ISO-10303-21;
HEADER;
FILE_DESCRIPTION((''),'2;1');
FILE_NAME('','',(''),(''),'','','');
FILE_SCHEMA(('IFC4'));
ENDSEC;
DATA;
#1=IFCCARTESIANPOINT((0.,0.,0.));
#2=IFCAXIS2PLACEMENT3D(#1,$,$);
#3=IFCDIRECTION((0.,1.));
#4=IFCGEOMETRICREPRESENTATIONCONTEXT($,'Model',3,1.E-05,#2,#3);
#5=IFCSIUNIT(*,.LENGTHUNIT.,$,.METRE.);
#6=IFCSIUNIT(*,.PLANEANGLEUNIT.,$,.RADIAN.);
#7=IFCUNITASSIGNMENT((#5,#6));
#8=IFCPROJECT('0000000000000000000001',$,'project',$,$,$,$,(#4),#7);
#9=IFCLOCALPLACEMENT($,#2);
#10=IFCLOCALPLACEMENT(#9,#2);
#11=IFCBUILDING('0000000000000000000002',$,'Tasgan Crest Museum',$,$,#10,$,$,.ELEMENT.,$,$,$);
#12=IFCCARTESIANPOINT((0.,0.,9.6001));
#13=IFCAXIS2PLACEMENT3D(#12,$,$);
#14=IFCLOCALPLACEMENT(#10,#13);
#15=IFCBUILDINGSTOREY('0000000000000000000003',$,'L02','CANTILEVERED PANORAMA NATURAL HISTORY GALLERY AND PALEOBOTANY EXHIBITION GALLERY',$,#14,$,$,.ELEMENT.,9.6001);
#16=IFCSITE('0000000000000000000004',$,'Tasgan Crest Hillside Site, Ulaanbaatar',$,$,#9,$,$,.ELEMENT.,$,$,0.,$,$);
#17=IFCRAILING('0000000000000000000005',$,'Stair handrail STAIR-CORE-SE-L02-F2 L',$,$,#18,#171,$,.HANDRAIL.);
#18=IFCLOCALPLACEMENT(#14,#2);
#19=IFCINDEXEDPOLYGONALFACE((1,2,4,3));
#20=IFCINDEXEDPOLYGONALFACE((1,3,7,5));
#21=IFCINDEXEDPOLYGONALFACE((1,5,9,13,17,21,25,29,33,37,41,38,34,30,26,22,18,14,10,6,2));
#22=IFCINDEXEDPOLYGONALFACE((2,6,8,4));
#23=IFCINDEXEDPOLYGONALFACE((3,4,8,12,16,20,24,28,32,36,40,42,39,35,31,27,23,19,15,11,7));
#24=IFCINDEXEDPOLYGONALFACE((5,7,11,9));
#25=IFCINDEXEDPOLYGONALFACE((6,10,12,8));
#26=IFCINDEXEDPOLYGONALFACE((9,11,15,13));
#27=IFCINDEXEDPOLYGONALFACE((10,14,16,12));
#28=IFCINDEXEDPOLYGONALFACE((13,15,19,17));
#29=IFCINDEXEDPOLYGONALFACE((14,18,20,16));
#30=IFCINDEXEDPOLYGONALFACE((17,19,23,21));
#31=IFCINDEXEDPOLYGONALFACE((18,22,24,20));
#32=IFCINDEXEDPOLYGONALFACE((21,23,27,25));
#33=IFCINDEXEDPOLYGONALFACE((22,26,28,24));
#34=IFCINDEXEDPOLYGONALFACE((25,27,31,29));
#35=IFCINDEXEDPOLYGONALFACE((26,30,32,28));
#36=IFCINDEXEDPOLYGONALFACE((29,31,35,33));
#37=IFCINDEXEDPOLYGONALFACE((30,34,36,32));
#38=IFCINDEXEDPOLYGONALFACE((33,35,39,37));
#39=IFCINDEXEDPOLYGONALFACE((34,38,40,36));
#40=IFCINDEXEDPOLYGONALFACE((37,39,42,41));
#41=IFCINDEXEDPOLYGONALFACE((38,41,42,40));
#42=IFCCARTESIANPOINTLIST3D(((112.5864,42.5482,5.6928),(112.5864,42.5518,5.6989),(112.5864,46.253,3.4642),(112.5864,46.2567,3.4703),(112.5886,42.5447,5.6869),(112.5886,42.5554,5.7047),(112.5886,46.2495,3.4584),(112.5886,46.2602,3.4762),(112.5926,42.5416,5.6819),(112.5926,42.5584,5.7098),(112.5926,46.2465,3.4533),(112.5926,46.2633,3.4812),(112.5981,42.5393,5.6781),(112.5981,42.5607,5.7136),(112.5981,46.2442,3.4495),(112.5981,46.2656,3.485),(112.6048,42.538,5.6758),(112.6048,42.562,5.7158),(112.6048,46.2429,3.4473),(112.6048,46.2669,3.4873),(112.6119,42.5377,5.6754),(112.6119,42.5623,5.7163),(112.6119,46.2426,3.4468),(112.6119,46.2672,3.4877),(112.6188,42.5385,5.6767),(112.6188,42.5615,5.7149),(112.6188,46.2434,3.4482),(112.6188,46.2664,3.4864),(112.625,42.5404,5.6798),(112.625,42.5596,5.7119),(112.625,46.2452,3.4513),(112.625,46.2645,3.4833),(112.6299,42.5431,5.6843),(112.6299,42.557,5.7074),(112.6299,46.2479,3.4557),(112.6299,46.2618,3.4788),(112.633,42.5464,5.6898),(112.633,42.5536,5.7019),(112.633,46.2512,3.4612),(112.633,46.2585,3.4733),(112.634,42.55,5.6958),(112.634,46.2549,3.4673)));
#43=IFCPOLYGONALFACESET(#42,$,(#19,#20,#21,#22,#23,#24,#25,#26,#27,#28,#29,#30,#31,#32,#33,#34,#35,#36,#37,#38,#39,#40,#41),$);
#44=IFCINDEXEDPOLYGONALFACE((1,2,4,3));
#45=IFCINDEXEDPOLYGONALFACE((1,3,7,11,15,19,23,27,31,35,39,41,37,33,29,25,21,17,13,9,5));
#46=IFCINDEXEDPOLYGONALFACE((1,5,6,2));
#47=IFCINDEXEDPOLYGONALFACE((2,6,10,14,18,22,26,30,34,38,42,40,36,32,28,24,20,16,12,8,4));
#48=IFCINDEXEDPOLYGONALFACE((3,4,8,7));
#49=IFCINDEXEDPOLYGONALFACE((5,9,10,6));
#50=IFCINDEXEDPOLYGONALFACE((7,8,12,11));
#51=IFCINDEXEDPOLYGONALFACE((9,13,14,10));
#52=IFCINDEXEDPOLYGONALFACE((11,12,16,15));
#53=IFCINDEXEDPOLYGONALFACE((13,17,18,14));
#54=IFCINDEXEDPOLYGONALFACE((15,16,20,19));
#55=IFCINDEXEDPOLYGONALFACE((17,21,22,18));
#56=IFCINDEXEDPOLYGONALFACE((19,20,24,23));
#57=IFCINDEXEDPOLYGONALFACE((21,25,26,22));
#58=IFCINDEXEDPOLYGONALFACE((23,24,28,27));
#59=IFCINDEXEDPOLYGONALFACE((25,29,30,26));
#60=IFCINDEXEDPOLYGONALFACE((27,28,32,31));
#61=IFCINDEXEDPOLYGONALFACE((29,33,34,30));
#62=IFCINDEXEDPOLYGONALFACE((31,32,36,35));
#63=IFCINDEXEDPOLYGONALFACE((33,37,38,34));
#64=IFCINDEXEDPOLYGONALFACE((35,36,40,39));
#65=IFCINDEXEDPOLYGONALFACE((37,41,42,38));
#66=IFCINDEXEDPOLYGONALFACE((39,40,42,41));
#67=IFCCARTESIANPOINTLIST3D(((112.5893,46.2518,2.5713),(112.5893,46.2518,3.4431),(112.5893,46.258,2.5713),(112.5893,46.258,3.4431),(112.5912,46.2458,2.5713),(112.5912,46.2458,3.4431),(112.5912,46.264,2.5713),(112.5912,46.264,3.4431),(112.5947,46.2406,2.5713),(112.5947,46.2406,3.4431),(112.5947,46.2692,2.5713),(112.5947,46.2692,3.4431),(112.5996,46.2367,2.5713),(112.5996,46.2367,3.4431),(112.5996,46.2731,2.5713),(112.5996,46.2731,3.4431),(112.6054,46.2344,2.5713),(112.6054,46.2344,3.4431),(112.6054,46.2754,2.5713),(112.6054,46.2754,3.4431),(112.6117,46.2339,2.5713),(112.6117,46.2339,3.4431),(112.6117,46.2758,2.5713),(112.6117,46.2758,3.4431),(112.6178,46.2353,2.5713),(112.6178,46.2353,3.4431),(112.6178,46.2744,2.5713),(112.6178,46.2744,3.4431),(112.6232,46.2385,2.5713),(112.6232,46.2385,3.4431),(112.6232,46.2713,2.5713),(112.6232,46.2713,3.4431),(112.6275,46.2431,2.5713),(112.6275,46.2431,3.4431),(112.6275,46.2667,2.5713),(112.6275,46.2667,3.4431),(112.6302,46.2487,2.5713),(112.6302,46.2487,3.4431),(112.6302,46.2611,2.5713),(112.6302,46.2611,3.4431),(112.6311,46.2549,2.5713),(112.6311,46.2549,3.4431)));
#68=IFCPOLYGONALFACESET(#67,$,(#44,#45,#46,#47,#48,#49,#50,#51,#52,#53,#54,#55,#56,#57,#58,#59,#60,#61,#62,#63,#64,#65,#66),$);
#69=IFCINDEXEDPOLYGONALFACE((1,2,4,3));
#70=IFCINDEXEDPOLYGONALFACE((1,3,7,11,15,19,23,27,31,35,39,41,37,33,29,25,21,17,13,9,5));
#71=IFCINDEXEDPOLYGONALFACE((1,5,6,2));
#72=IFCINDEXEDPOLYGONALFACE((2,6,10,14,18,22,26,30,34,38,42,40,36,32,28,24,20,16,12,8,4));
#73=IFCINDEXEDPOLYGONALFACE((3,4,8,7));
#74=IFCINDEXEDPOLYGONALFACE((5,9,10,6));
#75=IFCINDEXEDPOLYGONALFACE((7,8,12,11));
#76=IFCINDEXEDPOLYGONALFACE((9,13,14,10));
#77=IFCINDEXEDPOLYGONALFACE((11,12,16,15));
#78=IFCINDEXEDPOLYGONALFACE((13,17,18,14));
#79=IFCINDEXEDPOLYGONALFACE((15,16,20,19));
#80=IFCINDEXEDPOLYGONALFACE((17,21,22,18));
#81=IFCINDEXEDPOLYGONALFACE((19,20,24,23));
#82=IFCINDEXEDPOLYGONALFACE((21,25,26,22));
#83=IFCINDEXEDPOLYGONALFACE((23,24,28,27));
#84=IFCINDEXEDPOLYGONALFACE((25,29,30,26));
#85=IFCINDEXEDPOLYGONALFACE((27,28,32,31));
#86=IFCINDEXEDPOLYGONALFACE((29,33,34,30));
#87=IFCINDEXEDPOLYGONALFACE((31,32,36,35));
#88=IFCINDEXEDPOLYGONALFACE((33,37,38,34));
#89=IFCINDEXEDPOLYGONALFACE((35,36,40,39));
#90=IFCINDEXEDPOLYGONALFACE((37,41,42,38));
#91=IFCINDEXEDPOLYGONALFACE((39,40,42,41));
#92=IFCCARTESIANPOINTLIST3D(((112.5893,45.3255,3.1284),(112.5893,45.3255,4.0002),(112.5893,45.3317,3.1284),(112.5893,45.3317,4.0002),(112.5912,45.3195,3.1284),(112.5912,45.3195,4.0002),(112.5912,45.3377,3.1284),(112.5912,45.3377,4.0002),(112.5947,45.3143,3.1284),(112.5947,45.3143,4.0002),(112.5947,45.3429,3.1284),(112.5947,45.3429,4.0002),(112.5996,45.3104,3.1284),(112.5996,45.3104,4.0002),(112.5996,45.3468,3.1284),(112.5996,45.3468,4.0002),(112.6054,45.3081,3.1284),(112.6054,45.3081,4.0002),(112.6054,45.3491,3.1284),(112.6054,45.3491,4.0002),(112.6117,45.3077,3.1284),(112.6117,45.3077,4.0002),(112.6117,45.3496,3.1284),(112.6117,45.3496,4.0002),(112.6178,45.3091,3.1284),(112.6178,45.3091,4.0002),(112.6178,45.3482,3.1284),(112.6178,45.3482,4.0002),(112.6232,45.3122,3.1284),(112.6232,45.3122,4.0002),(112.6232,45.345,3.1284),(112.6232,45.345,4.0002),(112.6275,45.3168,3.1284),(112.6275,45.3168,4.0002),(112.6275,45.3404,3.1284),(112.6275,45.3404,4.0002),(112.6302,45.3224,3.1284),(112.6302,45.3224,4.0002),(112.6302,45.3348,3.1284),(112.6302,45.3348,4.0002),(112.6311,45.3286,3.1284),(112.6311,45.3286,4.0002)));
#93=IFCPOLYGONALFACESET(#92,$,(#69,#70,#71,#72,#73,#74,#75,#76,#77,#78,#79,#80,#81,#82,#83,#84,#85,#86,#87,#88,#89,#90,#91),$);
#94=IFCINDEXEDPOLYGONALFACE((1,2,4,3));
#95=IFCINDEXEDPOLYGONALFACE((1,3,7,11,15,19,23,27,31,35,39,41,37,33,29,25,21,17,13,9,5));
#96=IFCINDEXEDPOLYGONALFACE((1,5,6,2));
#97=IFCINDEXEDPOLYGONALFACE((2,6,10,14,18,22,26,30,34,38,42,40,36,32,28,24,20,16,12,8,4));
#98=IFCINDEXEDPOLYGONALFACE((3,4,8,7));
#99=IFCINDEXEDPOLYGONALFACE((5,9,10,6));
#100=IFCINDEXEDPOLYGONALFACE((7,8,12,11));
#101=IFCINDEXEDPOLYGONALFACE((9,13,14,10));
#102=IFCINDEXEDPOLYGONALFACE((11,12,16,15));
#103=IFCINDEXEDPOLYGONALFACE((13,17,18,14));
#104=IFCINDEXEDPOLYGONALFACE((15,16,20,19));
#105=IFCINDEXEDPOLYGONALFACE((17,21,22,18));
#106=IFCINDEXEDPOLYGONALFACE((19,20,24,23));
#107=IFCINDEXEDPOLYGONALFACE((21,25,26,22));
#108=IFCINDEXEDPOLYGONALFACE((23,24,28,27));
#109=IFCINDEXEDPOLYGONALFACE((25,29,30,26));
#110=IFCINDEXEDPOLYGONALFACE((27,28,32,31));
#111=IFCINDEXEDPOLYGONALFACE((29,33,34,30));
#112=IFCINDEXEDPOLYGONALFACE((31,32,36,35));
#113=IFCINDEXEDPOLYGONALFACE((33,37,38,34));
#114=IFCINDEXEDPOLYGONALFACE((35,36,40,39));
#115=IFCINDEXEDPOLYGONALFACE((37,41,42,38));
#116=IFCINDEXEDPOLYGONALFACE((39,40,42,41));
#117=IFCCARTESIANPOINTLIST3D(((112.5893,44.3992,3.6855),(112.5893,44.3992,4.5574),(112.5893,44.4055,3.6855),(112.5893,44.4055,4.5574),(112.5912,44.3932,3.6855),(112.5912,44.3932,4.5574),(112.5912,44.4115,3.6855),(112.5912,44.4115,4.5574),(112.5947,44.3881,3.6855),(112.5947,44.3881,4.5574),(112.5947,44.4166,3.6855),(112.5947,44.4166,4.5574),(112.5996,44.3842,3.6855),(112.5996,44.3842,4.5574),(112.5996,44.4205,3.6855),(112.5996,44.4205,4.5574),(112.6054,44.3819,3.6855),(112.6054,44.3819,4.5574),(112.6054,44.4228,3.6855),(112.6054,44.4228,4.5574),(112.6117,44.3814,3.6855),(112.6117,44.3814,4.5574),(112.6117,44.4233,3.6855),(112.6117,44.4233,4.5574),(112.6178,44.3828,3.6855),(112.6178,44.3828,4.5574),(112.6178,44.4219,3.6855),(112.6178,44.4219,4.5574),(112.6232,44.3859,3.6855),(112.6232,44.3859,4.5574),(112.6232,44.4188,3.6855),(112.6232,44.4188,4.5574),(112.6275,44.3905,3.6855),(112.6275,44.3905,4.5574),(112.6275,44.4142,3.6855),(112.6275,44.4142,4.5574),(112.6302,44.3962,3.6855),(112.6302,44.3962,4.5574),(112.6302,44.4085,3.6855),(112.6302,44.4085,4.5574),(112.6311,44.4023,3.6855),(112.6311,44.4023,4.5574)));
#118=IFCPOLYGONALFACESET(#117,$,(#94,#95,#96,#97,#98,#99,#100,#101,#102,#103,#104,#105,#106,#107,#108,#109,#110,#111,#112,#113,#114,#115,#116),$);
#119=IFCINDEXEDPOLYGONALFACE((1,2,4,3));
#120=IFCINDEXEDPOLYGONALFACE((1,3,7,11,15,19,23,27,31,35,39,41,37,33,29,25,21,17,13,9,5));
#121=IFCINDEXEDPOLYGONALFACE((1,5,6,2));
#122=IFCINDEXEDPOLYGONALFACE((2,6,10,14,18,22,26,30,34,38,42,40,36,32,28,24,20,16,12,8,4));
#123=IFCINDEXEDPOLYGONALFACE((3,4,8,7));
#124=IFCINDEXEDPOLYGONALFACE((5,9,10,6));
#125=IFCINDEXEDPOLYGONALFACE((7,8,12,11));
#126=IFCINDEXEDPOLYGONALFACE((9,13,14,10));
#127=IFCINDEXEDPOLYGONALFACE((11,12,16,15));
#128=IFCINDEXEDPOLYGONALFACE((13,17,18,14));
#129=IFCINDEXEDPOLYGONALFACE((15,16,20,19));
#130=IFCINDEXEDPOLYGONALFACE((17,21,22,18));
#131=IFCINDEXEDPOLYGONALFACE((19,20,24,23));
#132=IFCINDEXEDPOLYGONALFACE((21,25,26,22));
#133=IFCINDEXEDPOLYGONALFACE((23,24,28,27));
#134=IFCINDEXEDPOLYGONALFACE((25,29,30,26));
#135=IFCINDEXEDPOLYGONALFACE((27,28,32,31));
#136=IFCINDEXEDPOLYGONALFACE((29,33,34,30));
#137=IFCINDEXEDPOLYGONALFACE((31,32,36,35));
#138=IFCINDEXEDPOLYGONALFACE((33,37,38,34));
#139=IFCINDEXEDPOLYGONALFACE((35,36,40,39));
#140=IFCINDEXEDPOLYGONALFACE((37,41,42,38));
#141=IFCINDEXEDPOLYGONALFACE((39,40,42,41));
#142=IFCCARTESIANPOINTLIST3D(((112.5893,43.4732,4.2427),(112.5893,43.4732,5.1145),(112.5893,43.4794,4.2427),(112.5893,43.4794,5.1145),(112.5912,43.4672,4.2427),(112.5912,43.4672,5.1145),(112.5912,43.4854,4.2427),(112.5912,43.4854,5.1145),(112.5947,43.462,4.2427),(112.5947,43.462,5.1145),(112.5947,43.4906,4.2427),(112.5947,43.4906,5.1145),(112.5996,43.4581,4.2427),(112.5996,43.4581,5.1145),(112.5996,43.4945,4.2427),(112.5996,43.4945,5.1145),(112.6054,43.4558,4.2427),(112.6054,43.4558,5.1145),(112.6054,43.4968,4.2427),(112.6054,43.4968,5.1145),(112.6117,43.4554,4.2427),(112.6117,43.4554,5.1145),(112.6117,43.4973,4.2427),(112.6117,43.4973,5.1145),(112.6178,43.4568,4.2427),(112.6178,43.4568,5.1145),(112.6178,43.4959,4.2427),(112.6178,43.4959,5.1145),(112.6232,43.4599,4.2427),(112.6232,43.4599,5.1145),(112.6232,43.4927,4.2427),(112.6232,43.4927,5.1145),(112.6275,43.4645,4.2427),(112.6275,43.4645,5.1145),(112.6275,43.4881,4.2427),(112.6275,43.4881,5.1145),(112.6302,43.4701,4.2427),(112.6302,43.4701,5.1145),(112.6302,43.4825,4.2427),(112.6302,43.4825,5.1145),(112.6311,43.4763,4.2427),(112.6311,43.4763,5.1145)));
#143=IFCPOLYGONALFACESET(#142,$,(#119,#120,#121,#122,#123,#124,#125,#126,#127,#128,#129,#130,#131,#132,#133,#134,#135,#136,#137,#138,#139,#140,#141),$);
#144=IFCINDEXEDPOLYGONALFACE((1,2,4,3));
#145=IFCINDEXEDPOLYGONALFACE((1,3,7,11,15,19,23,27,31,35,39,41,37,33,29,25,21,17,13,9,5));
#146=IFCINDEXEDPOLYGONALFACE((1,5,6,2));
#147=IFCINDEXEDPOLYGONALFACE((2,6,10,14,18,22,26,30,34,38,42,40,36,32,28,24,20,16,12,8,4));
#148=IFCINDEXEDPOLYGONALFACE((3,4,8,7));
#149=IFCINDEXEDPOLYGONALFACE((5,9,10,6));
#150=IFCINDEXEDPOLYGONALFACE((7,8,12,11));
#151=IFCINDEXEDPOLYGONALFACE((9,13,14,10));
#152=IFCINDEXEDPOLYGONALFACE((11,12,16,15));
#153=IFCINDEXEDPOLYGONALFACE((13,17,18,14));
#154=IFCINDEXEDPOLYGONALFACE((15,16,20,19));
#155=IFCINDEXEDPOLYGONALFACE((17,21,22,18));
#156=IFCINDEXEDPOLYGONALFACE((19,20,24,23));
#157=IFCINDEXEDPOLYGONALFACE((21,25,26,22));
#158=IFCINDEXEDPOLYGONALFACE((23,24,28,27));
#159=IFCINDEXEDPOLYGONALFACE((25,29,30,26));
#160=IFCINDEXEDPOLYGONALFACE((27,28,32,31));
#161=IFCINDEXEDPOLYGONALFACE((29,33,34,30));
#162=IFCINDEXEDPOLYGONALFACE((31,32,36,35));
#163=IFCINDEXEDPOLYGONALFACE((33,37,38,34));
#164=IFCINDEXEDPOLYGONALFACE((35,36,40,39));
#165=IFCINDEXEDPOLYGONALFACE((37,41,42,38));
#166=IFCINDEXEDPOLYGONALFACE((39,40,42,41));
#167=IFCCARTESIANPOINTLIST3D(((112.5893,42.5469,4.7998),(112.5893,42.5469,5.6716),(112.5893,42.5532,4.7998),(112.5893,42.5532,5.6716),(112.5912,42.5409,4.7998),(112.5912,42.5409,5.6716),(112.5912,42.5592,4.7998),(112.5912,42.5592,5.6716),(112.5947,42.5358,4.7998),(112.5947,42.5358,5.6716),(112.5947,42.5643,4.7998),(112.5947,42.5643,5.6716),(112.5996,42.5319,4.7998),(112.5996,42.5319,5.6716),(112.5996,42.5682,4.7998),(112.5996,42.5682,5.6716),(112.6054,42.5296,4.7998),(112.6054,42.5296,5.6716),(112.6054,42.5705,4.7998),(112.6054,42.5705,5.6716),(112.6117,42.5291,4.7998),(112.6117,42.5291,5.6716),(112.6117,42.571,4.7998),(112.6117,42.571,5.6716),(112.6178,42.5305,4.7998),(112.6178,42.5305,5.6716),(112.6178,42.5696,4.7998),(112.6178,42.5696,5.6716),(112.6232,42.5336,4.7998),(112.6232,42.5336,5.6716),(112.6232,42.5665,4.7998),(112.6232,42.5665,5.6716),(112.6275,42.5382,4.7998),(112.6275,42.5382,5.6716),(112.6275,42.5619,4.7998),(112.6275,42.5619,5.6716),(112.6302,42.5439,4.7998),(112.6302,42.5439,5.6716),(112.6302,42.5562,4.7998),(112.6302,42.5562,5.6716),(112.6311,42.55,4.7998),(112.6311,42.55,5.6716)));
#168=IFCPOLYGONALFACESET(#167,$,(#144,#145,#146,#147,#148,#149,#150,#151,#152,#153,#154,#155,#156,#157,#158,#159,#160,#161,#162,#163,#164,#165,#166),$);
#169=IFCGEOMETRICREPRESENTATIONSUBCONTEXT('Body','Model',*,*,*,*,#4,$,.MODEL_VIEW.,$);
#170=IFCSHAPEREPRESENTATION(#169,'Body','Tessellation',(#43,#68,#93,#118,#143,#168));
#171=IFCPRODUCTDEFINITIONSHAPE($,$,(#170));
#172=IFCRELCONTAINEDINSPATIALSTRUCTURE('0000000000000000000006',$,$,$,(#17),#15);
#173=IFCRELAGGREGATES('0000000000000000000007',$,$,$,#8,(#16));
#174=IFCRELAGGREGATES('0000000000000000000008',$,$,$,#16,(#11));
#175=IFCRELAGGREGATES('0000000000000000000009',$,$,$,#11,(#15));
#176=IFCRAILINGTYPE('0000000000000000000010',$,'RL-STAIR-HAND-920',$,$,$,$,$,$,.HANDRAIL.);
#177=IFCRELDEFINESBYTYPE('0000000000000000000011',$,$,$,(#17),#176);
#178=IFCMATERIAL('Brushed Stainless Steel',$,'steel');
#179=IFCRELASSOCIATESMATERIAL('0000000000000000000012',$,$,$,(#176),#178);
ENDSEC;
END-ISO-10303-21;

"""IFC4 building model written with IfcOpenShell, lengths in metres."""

from ifc_helpers import new_model, si_unit, direction, frame, origin, origin_2d, place, context, subcontext, project, spatial, circle, extrude, material, type_object, element, save


model = new_model("IFC4")

# Units and contexts
model_context = context("Model", 3, precision=1e-05, world=origin(), true_north=direction((0.0, 1.0)))
body_context = subcontext(model_context, "Body", "Model", "MODEL_VIEW")
ifc_project = project(units=[si_unit("LENGTHUNIT", "METRE"), si_unit("PLANEANGLEUNIT", "RADIAN")], contexts=[model_context])

# Site, building, storey
site_placement = place(None, origin())
site = spatial("IfcSite", under=ifc_project, at=site_placement, Name="Tasgan Crest Hillside Site, Ulaanbaatar", CompositionType="ELEMENT", RefElevation=0.0)
building_placement = place(site_placement, origin())
building = spatial("IfcBuilding", under=site, at=building_placement, Name="Tasgan Crest Museum", CompositionType="ELEMENT")
storey_placement = place(building_placement, frame((0.0, 0.0, 9.6001)))
storey = spatial("IfcBuildingStorey", under=building, at=storey_placement, Name="L02", Description="CANTILEVERED PANORAMA NATURAL HISTORY GALLERY AND PALEOBOTANY EXHIBITION GALLERY", CompositionType="ELEMENT", Elevation=9.6001)

# Railing
ifc_material_1 = material(Name="Brushed Stainless Steel", Category="steel")
railing_type_1 = type_object("IfcRailingType", Name="RL-STAIR-HAND-920", PredefinedType="HANDRAIL", material=ifc_material_1)
for number, where, name in (
    (1, (112.6101, 46.2549, 2.5713), "Stair handrail STAIR-CORE-SE-L02-F2 L"),
):
    element("IfcRailing", number, at=place(storey_placement, frame(where)), inside=storey, type_object=railing_type_1, Name=name, PredefinedType="HANDRAIL", context=body_context, shape_type="SweptSolid", body=[
        extrude(circle(Radius=0.0239, at=origin_2d()), frame((0.0, 0.0, 0.896), z_axis=(0.0, -0.856919, 0.51545), x_axis=(1.0, 0.0, 0.0)), (0.0, 0.0, 1.0), 4.3235),
        extrude(circle(Radius=0.021, at=origin_2d()), origin(), (0.0, 0.0, 1.0), 0.8718),
        extrude(circle(Radius=0.021, at=origin_2d()), frame((0.0, -0.9263, 0.5571)), (0.0, 0.0, 1.0), 0.8718),
        extrude(circle(Radius=0.021, at=origin_2d()), frame((0.0, -1.8525, 1.1143)), (0.0, 0.0, 1.0), 0.8718),
        extrude(circle(Radius=0.021, at=origin_2d()), frame((0.0, -2.7786, 1.6714)), (0.0, 0.0, 1.0), 0.8718),
        extrude(circle(Radius=0.021, at=origin_2d()), frame((0.0, -3.7048, 2.2285)), (0.0, 0.0, 1.0), 0.8718),
    ])

save(model, "model.ifc")
